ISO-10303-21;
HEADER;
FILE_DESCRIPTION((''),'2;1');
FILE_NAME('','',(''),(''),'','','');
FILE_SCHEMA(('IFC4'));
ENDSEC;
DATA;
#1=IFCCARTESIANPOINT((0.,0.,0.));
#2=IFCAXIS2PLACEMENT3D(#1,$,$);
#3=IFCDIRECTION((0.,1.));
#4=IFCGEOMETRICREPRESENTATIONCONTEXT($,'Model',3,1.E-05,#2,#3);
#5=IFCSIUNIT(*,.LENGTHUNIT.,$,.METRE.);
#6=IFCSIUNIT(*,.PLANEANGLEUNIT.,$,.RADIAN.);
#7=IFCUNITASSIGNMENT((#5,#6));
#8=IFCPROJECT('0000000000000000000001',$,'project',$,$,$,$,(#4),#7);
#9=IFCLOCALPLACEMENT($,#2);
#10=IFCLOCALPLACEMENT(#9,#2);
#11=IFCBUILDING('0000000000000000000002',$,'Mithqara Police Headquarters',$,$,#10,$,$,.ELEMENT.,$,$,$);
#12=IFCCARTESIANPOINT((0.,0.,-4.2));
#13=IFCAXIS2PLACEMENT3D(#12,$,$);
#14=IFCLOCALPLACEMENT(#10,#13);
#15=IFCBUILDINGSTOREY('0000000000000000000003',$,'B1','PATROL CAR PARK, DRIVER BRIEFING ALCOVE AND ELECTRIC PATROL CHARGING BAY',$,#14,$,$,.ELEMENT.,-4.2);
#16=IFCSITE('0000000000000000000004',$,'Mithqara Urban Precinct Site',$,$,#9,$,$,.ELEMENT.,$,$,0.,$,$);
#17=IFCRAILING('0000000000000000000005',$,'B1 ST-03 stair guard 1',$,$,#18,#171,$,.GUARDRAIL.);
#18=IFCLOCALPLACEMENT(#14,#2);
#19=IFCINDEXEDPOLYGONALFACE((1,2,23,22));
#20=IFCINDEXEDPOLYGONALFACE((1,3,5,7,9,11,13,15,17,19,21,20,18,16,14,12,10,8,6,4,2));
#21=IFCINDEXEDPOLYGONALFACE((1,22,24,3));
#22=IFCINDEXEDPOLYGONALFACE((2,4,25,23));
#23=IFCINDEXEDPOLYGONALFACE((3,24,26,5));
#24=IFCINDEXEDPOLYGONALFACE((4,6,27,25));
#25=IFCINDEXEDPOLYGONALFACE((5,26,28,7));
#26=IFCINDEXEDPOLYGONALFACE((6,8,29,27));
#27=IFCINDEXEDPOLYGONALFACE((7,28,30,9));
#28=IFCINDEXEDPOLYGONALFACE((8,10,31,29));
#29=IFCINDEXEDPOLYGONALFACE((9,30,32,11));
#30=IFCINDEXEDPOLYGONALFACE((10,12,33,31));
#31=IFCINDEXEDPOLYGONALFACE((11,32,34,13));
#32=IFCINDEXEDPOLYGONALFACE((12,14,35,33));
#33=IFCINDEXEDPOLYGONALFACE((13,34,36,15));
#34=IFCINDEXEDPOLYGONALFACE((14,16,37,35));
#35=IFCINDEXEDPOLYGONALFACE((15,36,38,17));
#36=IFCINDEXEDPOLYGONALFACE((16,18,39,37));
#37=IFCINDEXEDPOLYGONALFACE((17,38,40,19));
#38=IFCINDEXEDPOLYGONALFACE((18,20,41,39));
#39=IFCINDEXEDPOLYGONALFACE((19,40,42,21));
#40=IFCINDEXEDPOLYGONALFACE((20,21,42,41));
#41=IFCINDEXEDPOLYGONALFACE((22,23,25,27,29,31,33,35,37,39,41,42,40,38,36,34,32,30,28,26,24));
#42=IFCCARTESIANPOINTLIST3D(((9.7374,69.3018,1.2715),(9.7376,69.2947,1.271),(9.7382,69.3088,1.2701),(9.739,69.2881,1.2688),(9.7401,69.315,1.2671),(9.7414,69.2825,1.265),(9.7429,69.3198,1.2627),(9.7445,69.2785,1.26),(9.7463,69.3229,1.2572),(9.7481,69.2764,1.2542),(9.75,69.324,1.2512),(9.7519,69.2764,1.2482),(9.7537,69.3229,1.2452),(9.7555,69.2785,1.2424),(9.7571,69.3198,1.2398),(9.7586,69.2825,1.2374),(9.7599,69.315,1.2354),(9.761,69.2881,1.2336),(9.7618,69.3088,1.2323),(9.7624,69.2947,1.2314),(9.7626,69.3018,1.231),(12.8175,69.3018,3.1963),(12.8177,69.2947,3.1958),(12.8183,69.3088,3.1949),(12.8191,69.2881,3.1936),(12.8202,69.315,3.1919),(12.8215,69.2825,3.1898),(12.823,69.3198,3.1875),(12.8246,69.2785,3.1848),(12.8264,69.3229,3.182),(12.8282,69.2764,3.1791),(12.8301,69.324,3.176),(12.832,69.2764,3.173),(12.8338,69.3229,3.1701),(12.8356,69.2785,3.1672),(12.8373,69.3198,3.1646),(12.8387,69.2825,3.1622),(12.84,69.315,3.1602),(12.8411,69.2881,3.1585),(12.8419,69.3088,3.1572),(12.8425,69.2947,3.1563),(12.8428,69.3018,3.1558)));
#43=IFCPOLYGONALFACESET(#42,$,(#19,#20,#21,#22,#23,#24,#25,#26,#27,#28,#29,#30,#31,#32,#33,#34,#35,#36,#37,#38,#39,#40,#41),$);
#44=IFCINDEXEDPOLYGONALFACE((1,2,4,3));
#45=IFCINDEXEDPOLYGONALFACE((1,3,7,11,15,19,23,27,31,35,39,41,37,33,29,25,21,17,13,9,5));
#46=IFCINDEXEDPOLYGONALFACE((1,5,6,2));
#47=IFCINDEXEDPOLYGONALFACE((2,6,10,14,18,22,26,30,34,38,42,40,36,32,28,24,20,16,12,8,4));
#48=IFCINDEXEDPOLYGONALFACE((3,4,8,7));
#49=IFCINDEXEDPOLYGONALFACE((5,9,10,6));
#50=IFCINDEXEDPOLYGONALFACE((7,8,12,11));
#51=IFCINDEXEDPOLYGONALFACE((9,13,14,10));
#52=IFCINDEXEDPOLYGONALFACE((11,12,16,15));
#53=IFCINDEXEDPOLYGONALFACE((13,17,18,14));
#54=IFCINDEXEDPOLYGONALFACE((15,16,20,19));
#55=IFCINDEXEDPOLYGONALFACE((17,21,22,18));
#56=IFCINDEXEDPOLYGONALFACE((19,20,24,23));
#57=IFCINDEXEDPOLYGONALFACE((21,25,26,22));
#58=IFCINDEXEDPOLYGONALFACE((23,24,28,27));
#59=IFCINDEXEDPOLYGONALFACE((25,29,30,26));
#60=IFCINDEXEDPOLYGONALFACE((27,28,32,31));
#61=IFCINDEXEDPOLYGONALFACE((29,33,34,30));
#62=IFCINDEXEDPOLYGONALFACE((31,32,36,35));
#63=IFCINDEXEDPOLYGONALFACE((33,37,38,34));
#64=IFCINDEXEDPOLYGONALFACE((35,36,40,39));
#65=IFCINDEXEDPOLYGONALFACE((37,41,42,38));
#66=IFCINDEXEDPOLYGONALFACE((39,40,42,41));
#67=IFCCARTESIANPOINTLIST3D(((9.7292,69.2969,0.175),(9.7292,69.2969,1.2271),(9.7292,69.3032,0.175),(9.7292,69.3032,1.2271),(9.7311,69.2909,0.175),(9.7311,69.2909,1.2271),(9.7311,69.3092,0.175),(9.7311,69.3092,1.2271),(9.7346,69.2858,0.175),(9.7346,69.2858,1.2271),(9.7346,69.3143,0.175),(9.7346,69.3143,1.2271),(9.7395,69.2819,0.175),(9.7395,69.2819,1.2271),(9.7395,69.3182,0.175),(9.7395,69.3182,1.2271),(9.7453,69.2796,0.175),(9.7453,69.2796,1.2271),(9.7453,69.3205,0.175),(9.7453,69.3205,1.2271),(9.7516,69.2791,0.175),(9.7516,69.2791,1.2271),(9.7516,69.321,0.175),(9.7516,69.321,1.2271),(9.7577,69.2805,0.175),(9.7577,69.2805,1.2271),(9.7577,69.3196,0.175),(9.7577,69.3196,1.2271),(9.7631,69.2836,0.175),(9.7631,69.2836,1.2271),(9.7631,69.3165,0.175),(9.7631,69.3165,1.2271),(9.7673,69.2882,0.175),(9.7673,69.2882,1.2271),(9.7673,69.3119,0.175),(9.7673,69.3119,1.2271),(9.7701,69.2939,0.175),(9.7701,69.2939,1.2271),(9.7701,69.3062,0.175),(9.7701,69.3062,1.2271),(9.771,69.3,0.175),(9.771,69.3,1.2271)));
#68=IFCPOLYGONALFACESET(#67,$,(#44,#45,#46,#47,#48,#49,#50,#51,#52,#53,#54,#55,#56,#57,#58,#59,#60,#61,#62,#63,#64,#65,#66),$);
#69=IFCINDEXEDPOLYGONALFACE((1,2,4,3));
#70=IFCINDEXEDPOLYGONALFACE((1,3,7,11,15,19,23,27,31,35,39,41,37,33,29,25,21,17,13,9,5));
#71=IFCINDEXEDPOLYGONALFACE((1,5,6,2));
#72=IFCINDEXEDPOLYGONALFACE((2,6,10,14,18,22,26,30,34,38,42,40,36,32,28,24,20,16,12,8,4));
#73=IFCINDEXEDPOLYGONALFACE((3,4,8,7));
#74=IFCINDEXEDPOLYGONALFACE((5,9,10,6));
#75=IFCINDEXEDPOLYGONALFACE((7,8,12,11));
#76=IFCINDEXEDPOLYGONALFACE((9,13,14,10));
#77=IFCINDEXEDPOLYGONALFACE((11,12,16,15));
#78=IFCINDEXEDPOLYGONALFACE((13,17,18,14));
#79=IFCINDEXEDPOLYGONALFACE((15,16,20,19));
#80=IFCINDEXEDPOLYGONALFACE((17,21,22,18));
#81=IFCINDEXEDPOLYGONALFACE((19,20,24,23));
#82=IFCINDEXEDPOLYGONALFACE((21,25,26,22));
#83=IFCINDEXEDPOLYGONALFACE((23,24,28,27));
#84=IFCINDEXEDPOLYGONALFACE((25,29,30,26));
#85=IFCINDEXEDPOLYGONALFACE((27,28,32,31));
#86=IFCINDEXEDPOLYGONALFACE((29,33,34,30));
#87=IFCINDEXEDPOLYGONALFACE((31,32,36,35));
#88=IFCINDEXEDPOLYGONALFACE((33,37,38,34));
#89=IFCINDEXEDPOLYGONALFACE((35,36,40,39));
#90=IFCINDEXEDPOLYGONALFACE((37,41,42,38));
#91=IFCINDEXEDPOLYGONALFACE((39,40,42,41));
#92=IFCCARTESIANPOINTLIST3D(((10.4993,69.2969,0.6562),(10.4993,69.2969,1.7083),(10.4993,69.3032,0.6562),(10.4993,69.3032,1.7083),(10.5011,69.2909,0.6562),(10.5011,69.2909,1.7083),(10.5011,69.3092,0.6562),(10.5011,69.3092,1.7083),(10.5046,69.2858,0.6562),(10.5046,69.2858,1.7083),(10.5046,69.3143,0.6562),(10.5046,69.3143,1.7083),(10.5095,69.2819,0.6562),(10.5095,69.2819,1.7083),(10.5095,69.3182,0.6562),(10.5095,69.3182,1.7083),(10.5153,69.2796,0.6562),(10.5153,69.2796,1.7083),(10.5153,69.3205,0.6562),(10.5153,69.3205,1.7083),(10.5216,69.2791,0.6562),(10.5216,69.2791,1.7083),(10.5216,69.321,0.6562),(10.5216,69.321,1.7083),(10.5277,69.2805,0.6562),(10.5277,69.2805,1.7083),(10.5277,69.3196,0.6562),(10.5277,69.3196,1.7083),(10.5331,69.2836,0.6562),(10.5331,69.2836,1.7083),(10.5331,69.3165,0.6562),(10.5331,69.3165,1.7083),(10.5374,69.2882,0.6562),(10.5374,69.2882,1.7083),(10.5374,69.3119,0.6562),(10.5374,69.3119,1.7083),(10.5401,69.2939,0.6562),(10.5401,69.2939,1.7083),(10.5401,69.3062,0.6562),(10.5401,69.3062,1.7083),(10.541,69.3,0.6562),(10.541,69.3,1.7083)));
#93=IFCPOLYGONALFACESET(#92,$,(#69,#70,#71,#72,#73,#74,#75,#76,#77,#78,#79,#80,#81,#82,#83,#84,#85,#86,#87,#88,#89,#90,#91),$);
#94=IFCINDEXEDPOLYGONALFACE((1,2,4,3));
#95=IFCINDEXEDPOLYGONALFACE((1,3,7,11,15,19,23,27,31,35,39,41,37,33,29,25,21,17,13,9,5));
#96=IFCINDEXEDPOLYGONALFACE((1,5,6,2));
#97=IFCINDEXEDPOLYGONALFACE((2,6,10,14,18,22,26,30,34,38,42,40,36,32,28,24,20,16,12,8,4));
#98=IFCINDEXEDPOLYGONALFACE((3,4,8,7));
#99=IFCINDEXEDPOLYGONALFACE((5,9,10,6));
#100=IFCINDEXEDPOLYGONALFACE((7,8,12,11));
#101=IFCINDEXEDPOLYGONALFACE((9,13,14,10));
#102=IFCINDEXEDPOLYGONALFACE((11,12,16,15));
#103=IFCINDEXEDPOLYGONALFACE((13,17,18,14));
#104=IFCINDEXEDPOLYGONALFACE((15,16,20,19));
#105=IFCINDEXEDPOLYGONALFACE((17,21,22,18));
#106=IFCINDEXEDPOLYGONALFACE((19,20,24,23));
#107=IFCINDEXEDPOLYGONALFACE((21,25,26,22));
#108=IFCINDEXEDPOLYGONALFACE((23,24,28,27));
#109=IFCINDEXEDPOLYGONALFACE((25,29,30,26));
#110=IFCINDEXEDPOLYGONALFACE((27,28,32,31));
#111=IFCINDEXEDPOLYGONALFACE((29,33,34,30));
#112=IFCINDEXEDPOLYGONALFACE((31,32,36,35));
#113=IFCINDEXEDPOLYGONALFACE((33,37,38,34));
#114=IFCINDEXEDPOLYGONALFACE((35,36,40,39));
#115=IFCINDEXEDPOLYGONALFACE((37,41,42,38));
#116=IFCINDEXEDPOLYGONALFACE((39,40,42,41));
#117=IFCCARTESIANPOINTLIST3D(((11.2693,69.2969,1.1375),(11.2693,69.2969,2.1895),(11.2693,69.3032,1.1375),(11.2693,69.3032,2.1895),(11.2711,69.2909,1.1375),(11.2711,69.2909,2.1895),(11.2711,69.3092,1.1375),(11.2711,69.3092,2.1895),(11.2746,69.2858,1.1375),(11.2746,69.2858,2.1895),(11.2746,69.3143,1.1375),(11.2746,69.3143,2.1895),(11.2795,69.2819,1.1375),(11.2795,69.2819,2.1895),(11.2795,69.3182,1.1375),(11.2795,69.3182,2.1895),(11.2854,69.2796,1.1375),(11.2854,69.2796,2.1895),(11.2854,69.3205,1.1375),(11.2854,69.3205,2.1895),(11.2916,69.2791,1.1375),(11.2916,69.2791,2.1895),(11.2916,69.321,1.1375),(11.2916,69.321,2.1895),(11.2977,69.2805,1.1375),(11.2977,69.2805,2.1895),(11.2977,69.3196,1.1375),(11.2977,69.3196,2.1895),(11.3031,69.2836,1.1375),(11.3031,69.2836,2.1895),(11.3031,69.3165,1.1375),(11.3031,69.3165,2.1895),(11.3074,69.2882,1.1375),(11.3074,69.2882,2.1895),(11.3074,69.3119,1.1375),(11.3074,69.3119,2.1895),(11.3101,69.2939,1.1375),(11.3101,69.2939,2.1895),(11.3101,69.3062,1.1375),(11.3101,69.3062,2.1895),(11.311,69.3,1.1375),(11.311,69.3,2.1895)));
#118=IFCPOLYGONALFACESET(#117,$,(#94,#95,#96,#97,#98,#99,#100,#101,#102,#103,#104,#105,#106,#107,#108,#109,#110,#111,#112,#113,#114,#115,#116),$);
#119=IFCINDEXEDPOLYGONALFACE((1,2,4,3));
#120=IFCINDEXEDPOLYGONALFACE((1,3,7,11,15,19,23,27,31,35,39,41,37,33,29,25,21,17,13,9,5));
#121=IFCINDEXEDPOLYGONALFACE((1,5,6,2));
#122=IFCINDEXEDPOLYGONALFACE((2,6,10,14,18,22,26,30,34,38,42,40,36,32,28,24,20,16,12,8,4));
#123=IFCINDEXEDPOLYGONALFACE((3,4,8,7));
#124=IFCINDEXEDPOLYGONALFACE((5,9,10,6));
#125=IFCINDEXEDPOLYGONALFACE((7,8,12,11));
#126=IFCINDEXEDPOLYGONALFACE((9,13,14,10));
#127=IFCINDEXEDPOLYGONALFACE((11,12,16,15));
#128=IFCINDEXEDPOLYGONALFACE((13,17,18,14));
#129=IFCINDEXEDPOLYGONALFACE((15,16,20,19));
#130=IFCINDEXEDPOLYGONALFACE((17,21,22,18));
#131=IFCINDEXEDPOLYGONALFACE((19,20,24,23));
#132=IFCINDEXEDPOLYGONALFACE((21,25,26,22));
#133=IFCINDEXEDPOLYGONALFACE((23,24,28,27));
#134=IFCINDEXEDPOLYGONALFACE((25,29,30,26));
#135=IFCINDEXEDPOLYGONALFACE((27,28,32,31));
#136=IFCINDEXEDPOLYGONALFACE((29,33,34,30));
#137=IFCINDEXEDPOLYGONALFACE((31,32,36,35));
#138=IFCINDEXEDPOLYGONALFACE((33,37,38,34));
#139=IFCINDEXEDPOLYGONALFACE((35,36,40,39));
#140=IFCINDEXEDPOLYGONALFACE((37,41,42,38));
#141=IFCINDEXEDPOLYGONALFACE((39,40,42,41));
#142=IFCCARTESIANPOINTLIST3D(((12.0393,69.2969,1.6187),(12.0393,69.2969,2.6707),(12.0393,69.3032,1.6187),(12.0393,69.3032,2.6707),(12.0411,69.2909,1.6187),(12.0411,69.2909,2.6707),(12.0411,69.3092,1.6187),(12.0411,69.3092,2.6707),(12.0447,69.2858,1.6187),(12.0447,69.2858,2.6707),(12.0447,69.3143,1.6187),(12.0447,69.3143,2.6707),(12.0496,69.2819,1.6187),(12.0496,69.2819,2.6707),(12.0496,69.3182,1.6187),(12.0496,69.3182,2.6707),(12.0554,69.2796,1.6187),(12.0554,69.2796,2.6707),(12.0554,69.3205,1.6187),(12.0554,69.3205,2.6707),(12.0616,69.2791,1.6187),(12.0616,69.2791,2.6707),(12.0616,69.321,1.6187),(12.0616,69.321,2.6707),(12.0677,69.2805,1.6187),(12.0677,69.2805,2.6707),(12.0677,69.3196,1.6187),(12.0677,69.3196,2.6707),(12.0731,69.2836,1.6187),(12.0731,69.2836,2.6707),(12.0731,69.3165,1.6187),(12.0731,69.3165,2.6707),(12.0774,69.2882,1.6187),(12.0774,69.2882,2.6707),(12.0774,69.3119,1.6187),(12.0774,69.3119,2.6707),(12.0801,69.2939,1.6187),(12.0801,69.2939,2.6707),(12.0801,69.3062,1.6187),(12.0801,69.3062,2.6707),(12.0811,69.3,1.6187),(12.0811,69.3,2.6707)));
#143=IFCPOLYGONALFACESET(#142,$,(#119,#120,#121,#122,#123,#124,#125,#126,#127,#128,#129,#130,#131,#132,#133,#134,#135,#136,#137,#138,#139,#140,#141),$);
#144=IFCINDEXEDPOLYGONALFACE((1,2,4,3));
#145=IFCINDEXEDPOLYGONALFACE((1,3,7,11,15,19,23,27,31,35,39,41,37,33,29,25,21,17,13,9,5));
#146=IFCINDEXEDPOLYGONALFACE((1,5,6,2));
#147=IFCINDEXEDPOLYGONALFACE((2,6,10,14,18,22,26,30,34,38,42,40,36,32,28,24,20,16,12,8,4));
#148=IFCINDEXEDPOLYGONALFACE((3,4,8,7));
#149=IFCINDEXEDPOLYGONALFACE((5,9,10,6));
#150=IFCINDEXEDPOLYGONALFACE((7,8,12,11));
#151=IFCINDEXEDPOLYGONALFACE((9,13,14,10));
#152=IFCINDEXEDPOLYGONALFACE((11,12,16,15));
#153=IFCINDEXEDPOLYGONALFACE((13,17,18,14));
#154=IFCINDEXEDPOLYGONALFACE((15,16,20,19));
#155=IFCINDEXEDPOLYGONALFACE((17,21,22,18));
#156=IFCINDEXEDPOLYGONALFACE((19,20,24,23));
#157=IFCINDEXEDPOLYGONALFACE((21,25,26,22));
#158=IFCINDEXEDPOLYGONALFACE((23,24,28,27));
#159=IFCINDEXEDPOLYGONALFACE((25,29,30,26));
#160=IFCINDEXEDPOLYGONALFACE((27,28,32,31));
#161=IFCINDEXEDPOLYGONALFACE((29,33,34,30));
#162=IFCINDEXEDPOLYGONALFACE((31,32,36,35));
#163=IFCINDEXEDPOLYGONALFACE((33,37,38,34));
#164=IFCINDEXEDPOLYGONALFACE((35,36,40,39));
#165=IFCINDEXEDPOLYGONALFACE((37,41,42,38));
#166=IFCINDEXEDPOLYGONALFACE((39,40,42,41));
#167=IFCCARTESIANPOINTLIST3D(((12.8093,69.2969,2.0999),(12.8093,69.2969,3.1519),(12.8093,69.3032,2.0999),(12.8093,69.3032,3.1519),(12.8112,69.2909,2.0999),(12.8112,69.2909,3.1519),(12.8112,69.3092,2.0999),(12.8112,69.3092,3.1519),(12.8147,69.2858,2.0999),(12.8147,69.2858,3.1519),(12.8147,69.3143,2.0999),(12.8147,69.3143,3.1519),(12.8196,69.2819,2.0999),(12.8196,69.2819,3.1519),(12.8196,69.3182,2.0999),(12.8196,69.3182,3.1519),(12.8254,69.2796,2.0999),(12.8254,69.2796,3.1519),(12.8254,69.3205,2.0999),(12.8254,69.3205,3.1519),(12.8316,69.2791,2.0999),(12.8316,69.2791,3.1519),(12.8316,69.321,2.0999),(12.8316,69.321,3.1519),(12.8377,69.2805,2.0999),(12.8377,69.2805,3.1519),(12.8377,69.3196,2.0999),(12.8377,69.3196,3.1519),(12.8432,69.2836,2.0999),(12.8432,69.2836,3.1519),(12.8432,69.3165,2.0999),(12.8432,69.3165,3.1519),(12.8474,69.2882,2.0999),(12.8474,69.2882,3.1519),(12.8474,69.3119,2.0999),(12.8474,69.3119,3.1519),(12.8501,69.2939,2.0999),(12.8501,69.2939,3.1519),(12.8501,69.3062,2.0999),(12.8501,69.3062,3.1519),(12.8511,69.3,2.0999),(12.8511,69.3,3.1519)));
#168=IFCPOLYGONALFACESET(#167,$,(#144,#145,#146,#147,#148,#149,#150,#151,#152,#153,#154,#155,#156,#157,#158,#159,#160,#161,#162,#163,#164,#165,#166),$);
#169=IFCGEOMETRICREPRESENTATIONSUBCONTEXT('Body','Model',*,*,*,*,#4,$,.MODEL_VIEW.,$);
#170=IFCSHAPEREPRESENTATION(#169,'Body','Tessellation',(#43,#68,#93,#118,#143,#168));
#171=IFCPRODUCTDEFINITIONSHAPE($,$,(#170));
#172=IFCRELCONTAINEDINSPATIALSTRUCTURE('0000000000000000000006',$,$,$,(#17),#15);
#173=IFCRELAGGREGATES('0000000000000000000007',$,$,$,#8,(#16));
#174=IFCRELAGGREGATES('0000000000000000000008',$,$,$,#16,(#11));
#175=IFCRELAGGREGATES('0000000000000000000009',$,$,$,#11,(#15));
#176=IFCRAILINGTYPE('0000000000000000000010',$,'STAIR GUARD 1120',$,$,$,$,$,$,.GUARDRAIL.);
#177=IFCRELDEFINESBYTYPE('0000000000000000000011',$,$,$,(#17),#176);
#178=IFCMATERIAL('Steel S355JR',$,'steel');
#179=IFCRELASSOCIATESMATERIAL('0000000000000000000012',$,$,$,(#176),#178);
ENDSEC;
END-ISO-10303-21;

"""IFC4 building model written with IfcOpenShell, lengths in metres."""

from ifc_helpers import new_model, si_unit, direction, frame, origin, origin_2d, place, context, subcontext, project, spatial, circle, extrude, material, type_object, element, save


model = new_model("IFC4")

# Units and contexts
model_context = context("Model", 3, precision=1e-05, world=origin(), true_north=direction((0.0, 1.0)))
body_context = subcontext(model_context, "Body", "Model", "MODEL_VIEW")
ifc_project = project(units=[si_unit("LENGTHUNIT", "METRE"), si_unit("PLANEANGLEUNIT", "RADIAN")], contexts=[model_context])

# Site, building, storey
site_placement = place(None, origin())
site = spatial("IfcSite", under=ifc_project, at=site_placement, Name="Mithqara Urban Precinct Site", CompositionType="ELEMENT", RefElevation=0.0)
building_placement = place(site_placement, origin())
building = spatial("IfcBuilding", under=site, at=building_placement, Name="Mithqara Police Headquarters", CompositionType="ELEMENT")
storey_placement = place(building_placement, frame((0.0, 0.0, -4.2)))
storey = spatial("IfcBuildingStorey", under=building, at=storey_placement, Name="B1", Description="PATROL CAR PARK, DRIVER BRIEFING ALCOVE AND ELECTRIC PATROL CHARGING BAY", CompositionType="ELEMENT", Elevation=-4.2)

# Shared definitions
ifc_material_1 = material(Name="Steel S355JR", Category="steel")

# Railing
railing_type_1 = type_object("IfcRailingType", Name="STAIR GUARD 1120", PredefinedType="GUARDRAIL", material=ifc_material_1)
railing_1_placement = place(storey_placement, frame((9.75, 69.3, 0.175)))
element("IfcRailing", 1, at=railing_1_placement, inside=storey, type_object=railing_type_1, Name="B1 ST-03 stair guard 1", PredefinedType="GUARDRAIL", context=body_context, shape_type="SweptSolid", body=[
    extrude(circle(Radius=0.0239, at=origin_2d()), frame((0.0, 0.0, 1.0762), z_axis=(0.848029, 0.0, 0.529951), x_axis=(0.0, 1.0, 0.0)), (0.0, 0.0, 1.0), 3.6321),
    extrude(circle(Radius=0.021, at=origin_2d()), origin(), (0.0, 0.0, 1.0), 1.052),
    extrude(circle(Radius=0.021, at=origin_2d()), frame((0.77, 0.0, 0.4812)), (0.0, 0.0, 1.0), 1.052),
    extrude(circle(Radius=0.021, at=origin_2d()), frame((1.54, 0.0, 0.9624)), (0.0, 0.0, 1.0), 1.052),
    extrude(circle(Radius=0.021, at=origin_2d()), frame((2.3101, 0.0, 1.4436)), (0.0, 0.0, 1.0), 1.052),
    extrude(circle(Radius=0.021, at=origin_2d()), frame((3.0801, 0.0, 1.9248)), (0.0, 0.0, 1.0), 1.052),
])

save(model, "model.ifc")
